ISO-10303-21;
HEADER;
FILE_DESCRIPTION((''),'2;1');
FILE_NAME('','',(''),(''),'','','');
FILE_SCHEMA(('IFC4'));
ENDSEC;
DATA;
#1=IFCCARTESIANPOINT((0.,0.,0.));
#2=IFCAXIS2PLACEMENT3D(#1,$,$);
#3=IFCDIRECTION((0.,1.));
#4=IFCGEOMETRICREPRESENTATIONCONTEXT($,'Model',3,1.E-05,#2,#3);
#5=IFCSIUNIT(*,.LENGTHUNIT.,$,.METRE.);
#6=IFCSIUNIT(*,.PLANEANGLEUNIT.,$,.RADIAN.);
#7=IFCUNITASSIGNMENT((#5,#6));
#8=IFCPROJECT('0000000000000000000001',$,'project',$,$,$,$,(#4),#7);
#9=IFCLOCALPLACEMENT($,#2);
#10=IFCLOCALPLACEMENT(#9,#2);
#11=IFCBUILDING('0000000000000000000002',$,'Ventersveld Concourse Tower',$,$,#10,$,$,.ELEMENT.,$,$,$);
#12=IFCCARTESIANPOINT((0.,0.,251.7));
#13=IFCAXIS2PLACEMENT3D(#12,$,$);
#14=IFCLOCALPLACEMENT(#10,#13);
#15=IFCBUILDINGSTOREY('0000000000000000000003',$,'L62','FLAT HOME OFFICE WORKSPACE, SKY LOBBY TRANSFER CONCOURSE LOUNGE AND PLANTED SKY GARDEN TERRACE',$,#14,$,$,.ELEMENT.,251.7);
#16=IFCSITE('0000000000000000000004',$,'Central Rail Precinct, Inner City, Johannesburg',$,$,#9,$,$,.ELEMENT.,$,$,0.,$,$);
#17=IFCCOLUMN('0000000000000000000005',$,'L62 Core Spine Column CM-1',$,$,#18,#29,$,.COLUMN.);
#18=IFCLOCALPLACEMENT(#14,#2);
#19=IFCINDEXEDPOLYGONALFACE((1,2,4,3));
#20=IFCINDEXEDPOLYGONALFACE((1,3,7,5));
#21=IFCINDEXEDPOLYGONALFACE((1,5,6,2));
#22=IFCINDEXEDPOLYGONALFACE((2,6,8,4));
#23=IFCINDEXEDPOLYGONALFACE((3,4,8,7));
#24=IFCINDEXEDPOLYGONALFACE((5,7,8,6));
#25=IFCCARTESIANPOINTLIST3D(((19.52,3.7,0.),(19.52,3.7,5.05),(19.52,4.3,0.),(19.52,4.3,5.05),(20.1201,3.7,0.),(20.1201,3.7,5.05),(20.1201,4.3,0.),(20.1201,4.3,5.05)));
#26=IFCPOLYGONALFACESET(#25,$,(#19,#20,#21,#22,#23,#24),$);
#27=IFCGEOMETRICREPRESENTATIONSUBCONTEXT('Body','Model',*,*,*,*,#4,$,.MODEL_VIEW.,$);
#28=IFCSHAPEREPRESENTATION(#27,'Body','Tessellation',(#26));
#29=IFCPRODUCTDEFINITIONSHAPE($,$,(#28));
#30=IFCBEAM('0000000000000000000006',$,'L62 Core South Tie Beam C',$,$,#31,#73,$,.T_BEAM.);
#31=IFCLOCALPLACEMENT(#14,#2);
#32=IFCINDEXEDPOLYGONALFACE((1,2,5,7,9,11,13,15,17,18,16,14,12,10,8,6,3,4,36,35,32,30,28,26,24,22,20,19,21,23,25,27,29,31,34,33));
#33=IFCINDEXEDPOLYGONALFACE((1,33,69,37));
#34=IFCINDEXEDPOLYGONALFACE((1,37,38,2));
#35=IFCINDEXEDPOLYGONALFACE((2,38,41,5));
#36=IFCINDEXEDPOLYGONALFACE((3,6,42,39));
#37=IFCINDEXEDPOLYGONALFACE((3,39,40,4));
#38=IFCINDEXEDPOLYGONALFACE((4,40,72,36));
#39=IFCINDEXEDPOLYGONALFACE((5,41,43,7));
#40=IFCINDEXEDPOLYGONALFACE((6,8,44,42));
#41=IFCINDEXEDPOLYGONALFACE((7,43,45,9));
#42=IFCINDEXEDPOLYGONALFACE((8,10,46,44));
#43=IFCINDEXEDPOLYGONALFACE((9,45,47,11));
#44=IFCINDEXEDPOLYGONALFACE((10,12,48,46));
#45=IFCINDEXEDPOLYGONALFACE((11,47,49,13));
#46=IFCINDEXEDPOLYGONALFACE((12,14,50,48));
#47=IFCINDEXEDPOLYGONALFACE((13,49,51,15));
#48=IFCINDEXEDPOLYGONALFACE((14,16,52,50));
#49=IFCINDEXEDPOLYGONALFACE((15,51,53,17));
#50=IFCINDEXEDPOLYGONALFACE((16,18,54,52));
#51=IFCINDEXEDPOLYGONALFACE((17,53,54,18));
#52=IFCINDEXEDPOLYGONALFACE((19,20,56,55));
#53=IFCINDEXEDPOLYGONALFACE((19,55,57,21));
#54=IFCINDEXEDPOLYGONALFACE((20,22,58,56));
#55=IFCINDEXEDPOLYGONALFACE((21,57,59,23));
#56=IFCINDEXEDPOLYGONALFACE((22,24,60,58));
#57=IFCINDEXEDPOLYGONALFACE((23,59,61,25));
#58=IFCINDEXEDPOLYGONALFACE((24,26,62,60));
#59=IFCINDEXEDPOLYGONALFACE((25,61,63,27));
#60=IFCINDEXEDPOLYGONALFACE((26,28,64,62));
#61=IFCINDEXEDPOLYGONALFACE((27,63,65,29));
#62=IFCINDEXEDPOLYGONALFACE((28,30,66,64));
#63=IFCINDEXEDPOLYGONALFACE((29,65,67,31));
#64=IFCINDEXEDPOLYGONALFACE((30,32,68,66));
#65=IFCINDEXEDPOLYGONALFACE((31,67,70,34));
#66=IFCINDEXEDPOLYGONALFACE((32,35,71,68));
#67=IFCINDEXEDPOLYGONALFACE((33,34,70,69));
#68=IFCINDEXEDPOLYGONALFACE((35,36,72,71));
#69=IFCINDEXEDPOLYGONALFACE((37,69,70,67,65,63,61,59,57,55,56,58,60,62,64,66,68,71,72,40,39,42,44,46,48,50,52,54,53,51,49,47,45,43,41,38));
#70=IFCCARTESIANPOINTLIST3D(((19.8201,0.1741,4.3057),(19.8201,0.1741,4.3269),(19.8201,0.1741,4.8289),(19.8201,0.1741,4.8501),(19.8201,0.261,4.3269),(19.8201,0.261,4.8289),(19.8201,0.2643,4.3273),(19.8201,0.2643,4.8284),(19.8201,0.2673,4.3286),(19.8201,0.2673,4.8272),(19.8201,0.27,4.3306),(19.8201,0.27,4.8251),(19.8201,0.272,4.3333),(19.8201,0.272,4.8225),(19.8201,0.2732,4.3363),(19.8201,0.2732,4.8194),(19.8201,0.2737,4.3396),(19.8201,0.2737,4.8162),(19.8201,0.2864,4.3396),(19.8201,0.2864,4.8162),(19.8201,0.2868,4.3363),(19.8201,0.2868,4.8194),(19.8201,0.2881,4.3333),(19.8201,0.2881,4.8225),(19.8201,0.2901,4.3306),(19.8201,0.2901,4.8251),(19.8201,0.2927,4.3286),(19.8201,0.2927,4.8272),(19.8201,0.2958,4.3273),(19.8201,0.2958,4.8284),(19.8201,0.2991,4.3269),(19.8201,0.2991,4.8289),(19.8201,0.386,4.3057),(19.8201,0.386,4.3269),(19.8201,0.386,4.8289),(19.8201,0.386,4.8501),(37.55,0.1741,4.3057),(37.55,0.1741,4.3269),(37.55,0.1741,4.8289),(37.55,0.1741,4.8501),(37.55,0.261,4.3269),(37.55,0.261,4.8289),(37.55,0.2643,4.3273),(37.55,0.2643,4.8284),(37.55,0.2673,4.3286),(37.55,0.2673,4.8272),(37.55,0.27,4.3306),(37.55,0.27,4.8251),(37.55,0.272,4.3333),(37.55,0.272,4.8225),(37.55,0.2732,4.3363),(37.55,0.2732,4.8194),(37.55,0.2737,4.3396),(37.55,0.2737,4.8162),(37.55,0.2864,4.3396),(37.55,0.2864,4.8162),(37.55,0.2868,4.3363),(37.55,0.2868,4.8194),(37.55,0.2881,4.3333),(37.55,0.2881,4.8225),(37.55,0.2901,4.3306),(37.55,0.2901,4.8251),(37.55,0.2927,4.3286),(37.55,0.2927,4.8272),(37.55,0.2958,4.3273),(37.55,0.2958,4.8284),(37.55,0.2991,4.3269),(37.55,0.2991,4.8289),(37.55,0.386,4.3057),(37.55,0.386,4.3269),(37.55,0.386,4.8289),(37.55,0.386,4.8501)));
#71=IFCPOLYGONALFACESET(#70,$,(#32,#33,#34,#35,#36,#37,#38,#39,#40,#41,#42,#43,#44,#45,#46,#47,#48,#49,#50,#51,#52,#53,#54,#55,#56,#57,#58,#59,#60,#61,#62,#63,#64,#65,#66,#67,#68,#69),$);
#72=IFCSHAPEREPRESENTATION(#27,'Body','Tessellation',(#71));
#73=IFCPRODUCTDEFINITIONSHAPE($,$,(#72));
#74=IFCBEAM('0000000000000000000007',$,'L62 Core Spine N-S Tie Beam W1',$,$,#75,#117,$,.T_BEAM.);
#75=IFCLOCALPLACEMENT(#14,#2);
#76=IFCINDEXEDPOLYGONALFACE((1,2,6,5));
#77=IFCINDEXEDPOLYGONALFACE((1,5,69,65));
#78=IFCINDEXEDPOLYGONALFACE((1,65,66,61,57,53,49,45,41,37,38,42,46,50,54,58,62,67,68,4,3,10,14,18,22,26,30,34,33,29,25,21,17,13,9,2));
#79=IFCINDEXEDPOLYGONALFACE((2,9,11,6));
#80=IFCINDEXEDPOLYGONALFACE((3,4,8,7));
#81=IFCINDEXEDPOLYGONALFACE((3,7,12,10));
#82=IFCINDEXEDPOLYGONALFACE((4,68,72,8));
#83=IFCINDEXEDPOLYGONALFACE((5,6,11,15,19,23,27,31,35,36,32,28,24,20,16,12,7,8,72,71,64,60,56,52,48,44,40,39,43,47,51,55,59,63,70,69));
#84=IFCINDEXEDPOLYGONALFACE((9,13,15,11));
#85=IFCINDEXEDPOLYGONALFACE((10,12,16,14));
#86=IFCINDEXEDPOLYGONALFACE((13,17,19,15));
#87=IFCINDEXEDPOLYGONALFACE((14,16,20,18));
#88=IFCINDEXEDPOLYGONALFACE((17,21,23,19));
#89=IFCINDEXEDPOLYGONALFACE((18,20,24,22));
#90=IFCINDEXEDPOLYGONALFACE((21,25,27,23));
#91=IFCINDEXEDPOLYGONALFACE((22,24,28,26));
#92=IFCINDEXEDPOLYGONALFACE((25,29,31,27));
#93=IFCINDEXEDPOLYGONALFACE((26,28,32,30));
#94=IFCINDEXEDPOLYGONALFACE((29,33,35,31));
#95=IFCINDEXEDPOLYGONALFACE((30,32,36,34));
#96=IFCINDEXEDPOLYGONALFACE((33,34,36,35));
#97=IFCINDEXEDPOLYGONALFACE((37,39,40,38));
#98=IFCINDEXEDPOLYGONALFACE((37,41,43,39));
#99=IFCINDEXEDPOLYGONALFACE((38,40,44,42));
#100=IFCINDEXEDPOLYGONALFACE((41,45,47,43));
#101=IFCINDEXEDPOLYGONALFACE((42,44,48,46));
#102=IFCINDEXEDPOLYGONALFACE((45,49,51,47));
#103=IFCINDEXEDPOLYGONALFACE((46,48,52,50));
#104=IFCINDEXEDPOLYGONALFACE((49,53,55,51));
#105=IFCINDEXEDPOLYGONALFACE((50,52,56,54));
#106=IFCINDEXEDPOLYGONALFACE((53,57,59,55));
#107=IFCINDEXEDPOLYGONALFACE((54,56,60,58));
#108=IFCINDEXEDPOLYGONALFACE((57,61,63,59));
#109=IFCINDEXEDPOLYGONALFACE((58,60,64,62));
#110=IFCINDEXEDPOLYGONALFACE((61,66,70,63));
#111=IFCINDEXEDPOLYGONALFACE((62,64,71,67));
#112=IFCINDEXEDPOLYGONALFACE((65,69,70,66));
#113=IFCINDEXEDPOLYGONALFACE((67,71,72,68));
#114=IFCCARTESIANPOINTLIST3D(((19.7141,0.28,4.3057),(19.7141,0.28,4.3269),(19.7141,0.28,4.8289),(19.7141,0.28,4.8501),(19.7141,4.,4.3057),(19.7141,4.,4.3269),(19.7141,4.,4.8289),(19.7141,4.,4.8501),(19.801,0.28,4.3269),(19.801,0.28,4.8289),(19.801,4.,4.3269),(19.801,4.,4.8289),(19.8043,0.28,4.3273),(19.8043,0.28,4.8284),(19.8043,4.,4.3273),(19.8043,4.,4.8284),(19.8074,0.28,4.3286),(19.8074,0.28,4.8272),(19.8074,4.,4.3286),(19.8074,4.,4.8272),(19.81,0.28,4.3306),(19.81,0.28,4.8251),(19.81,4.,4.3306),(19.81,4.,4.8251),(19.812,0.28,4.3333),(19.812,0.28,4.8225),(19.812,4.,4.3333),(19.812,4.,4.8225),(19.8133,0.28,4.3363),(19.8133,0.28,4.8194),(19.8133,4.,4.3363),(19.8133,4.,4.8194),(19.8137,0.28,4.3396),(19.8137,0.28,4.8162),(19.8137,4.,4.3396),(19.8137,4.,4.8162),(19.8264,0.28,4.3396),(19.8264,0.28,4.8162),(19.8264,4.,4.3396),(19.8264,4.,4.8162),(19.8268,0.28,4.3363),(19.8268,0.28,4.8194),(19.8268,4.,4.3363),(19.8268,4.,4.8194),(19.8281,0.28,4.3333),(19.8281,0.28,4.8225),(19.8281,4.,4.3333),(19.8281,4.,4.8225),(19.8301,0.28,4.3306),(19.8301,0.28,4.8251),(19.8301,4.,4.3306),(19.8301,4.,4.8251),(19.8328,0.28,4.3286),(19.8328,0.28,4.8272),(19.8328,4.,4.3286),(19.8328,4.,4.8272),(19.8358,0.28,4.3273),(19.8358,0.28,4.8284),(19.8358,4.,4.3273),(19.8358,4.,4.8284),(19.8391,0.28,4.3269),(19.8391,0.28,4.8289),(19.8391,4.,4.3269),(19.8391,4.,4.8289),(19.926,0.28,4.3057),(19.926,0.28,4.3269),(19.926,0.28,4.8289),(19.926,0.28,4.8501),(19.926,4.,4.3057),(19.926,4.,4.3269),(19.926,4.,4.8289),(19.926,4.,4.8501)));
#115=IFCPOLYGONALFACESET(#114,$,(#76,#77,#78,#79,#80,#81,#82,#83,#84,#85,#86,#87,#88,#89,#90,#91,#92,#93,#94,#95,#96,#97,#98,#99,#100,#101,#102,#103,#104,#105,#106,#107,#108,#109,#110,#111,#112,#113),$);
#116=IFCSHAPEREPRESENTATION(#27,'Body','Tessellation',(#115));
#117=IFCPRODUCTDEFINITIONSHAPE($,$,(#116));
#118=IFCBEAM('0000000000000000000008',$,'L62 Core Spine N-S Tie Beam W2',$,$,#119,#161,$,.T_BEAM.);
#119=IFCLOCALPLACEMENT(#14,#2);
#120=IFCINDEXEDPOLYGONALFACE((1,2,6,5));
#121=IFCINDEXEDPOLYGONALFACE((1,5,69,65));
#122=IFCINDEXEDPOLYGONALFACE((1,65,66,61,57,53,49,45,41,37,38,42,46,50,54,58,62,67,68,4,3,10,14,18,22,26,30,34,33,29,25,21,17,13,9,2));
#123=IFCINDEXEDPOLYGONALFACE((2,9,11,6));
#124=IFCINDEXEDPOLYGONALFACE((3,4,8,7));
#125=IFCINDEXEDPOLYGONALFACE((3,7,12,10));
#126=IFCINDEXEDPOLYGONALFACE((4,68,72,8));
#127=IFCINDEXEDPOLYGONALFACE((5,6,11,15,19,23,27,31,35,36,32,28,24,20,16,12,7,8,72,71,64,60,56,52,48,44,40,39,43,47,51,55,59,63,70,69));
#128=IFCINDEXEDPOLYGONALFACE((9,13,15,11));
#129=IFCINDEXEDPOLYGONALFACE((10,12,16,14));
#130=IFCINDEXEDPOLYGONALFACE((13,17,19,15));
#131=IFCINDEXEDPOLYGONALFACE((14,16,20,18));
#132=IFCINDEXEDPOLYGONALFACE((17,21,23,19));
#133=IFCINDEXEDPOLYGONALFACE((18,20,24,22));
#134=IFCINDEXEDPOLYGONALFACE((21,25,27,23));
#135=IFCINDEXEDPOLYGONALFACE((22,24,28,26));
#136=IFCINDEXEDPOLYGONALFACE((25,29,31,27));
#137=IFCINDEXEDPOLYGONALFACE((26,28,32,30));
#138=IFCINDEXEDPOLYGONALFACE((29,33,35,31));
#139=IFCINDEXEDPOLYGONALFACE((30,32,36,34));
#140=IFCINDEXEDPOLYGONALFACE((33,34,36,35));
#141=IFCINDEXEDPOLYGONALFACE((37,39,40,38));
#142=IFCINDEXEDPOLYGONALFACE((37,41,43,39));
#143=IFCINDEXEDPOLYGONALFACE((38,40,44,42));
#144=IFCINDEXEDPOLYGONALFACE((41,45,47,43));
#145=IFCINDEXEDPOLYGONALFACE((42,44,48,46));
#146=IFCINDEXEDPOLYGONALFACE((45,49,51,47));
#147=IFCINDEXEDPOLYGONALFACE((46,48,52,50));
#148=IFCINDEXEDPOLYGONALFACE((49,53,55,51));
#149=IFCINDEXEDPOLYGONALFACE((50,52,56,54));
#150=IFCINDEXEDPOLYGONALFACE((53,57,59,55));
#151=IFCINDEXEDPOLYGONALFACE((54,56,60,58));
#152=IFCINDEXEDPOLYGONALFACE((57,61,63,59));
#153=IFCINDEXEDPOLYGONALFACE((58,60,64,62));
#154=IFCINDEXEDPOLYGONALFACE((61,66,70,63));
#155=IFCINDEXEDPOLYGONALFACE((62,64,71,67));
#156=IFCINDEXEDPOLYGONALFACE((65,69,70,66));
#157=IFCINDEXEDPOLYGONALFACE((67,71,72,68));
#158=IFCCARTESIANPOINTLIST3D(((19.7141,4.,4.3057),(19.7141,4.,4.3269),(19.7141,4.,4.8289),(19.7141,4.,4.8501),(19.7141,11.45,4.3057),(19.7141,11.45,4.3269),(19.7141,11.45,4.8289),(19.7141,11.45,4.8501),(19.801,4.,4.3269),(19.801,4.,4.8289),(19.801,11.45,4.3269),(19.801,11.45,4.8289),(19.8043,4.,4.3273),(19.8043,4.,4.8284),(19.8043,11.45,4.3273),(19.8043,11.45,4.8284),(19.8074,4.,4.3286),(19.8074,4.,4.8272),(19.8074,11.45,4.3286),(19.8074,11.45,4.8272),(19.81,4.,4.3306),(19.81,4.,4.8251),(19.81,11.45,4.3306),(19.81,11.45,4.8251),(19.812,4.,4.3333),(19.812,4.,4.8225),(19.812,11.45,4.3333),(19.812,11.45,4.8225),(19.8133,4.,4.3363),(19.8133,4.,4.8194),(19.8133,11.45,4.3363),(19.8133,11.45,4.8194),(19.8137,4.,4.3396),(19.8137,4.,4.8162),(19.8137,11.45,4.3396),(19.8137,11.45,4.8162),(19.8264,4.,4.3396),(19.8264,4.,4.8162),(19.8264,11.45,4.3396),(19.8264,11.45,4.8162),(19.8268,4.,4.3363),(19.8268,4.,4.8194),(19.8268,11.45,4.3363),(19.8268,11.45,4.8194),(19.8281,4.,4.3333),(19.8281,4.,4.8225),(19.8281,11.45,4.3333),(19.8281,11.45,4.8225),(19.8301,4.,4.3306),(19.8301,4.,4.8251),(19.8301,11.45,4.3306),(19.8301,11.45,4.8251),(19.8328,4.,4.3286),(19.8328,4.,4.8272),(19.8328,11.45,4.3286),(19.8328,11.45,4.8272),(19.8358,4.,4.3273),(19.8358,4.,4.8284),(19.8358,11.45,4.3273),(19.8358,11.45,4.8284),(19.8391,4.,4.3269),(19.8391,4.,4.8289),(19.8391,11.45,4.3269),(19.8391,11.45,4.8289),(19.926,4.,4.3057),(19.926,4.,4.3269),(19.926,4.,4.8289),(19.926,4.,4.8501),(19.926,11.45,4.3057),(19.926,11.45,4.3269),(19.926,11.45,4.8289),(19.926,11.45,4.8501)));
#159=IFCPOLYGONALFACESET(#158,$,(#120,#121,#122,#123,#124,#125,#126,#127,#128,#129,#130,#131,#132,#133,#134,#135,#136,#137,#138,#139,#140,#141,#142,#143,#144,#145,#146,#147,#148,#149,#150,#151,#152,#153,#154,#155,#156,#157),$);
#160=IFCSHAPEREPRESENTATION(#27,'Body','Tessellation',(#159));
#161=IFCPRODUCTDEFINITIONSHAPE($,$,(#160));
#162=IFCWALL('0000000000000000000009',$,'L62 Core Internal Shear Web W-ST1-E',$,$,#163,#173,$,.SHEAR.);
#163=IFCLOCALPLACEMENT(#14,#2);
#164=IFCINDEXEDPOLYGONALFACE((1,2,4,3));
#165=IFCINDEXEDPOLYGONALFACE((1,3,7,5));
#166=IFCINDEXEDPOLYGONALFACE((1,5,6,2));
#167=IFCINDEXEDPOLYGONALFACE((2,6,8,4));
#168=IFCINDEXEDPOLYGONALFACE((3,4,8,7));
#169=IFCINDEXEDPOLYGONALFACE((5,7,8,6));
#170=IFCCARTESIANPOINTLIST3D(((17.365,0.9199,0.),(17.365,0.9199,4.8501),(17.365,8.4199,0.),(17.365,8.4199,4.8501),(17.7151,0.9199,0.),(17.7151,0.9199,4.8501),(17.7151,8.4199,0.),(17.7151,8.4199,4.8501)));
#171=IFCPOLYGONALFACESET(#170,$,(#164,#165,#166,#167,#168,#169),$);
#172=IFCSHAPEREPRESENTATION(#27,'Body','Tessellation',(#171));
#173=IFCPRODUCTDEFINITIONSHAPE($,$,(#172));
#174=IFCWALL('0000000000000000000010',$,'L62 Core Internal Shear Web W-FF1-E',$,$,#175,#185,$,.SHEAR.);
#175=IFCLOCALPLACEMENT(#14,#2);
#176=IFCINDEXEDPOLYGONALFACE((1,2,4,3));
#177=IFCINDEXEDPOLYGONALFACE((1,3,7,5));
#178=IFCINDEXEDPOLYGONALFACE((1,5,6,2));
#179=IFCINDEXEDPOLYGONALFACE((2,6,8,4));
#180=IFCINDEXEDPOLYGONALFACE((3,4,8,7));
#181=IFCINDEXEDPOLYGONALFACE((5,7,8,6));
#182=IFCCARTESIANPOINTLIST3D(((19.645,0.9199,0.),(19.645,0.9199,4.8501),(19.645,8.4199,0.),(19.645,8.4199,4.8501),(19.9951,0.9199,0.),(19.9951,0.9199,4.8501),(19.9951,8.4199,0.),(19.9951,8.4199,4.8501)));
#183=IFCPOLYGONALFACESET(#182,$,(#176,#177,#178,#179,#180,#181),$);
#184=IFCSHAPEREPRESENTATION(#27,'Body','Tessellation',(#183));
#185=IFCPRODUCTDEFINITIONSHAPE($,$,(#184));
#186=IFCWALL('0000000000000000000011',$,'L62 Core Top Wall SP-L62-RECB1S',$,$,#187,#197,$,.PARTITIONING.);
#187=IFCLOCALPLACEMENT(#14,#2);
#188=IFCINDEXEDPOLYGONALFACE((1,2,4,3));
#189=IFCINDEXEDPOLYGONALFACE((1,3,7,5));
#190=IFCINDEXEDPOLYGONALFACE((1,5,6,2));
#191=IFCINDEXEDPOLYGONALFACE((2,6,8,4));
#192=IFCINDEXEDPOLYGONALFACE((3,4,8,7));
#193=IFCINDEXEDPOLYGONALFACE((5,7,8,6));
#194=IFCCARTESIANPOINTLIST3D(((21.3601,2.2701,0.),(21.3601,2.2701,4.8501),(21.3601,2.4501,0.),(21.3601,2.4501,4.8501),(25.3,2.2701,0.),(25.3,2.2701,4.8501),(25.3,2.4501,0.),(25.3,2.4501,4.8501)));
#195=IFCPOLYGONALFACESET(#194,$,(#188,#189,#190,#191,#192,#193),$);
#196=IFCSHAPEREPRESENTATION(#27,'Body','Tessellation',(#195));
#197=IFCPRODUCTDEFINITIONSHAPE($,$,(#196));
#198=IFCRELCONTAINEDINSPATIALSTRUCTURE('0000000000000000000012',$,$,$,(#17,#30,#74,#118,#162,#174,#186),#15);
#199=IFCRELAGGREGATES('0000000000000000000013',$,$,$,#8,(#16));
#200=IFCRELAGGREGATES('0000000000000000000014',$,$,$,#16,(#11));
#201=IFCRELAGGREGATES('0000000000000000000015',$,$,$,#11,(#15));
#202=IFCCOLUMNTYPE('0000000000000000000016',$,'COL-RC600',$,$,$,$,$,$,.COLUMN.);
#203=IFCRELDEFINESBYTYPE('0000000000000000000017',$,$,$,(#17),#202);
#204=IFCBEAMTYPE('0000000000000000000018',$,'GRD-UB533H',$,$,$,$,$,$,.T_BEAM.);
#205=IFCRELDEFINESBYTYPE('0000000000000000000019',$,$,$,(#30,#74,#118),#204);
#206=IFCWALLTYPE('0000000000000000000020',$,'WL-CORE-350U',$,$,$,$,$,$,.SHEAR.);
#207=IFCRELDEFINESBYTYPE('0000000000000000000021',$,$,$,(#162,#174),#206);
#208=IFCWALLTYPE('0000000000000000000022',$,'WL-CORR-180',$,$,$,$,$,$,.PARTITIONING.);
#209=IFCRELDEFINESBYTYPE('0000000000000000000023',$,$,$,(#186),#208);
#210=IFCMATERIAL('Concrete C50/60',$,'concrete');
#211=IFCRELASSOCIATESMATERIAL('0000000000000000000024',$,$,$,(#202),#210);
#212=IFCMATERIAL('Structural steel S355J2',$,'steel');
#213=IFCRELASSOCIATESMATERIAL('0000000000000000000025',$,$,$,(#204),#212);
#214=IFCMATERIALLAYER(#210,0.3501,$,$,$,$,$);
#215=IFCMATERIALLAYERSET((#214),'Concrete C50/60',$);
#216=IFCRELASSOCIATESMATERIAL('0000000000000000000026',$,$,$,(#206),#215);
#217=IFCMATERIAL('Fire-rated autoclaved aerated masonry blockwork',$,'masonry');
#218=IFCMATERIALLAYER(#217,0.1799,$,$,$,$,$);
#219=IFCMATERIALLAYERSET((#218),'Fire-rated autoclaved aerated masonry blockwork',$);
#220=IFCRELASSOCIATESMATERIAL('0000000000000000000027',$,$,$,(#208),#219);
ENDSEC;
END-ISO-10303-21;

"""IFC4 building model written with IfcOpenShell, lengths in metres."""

from ifc_helpers import new_model, si_unit, direction, frame, frame_2d, origin, origin_2d, place, context, subcontext, project, spatial, rectangle, i_section, extrude, material, layer, layer_set, material_profile, profile_set, type_object, element, save


model = new_model("IFC4")

# Units and contexts
model_context = context("Model", 3, precision=1e-05, world=origin(), true_north=direction((0.0, 1.0)))
body_context = subcontext(model_context, "Body", "Model", "MODEL_VIEW")
ifc_project = project(units=[si_unit("LENGTHUNIT", "METRE"), si_unit("PLANEANGLEUNIT", "RADIAN")], contexts=[model_context])

# Site, building, storey
site_placement = place(None, origin())
site = spatial("IfcSite", under=ifc_project, at=site_placement, Name="Central Rail Precinct, Inner City, Johannesburg", CompositionType="ELEMENT", RefElevation=0.0)
building_placement = place(site_placement, origin())
building = spatial("IfcBuilding", under=site, at=building_placement, Name="Ventersveld Concourse Tower", CompositionType="ELEMENT")
storey_placement = place(building_placement, frame((0.0, 0.0, 251.7)))
storey = spatial("IfcBuildingStorey", under=building, at=storey_placement, Name="L62", Description="FLAT HOME OFFICE WORKSPACE, SKY LOBBY TRANSFER CONCOURSE LOUNGE AND PLANTED SKY GARDEN TERRACE", CompositionType="ELEMENT", Elevation=251.7)

# Column
ifc_material_1 = material(Name="Concrete C50/60", Category="concrete")
ifc_material_profile_1 = material_profile(ifc_material_1, rectangle(XDim=0.6001, YDim=0.6001, at=origin_2d()), Name="RC 600x600")
ifc_profile_set_1 = profile_set([ifc_material_profile_1], Name="Concrete C50/60")
column_type = type_object("IfcColumnType", Name="COL-RC600", PredefinedType="COLUMN", material=ifc_profile_set_1)
column_placement = place(storey_placement, frame((19.8201, 4.0, 0.0), z_axis=(0.0, 0.0, 1.0), x_axis=(1.0, 0.0, 0.0)))
element("IfcColumn", 1, at=column_placement, inside=storey, type_object=column_type, Name="L62 Core Spine Column CM-1", PredefinedType="COLUMN", context=body_context, shape_type="SweptSolid", body=[
    extrude(rectangle(XDim=0.6001, YDim=0.6001, at=origin_2d()), origin(), (0.0, 0.0, 1.0), 5.05),
])

# Beams
ifc_material_2 = material(Name="Structural steel S355J2", Category="steel")
ifc_material_profile_2 = material_profile(ifc_material_2, i_section(OverallWidth=0.2119, OverallDepth=0.5444, WebThickness=0.0127, FlangeThickness=0.0212, FilletRadius=0.0127, at=origin_2d()), Name="UB 533x210x122")
ifc_profile_set_2 = profile_set([ifc_material_profile_2], Name="Structural steel S355J2")
beam_type = type_object("IfcBeamType", Name="GRD-UB533H", PredefinedType="T_BEAM", material=ifc_profile_set_2)
beam_1_placement = place(storey_placement, frame((19.8201, 0.28, 4.5779), z_axis=(1.0, 0.0, 0.0), x_axis=(0.0, 1.0, 0.0)))
element("IfcBeam", 2, at=beam_1_placement, inside=storey, type_object=beam_type, Name="L62 Core South Tie Beam C", PredefinedType="T_BEAM", context=body_context, shape_type="SweptSolid", body=[
    extrude(i_section(OverallWidth=0.2119, OverallDepth=0.5444, WebThickness=0.0127, FlangeThickness=0.0212, FilletRadius=0.0127, at=origin_2d()), origin(), (0.0, 0.0, 1.0), 17.73),
])
beam_2_placement = place(storey_placement, frame((19.8201, 0.28, 4.5779), z_axis=(0.0, 1.0, 0.0), x_axis=(-1.0, 0.0, 0.0)))
element("IfcBeam", 3, at=beam_2_placement, inside=storey, type_object=beam_type, Name="L62 Core Spine N-S Tie Beam W1", PredefinedType="T_BEAM", context=body_context, shape_type="SweptSolid", body=[
    extrude(i_section(OverallWidth=0.2119, OverallDepth=0.5444, WebThickness=0.0127, FlangeThickness=0.0212, FilletRadius=0.0127, at=origin_2d()), origin(), (0.0, 0.0, 1.0), 3.72),
])
beam_3_placement = place(storey_placement, frame((19.8201, 4.0, 4.5779), z_axis=(0.0, 1.0, 0.0), x_axis=(-1.0, 0.0, 0.0)))
element("IfcBeam", 4, at=beam_3_placement, inside=storey, type_object=beam_type, Name="L62 Core Spine N-S Tie Beam W2", PredefinedType="T_BEAM", context=body_context, shape_type="SweptSolid", body=[
    extrude(i_section(OverallWidth=0.2119, OverallDepth=0.5444, WebThickness=0.0127, FlangeThickness=0.0212, FilletRadius=0.0127, at=origin_2d()), origin(), (0.0, 0.0, 1.0), 7.45),
])

# Walls
ifc_layer_1 = layer(ifc_material_1, 0.3501)
ifc_layer_set_1 = layer_set([ifc_layer_1], Name="Concrete C50/60")
wall_type_1 = type_object("IfcWallType", Name="WL-CORE-350U", PredefinedType="SHEAR", material=ifc_layer_set_1)
for number, where, z_axis, x_axis, name in (
    (5, (17.54, 0.9199, 0.0), (0.0, 0.0, 1.0), (0.0, 1.0, 0.0), "L62 Core Internal Shear Web W-ST1-E"),
    (6, (19.8201, 0.9199, 0.0), (0.0, 0.0, 1.0), (0.0, 1.0, 0.0), "L62 Core Internal Shear Web W-FF1-E"),
):
    element("IfcWall", number, at=place(storey_placement, frame(where, z_axis=z_axis, x_axis=x_axis)), inside=storey, type_object=wall_type_1, Name=name, PredefinedType="SHEAR", context=body_context, shape_type="SweptSolid", body=[
        extrude(rectangle(XDim=7.5, YDim=0.3501, at=frame_2d((3.75, 0.0))), origin(), (0.0, 0.0, 1.0), 4.8501),
    ])
ifc_material_3 = material(Name="Fire-rated autoclaved aerated masonry blockwork", Category="masonry")
ifc_layer_2 = layer(ifc_material_3, 0.1799)
ifc_layer_set_2 = layer_set([ifc_layer_2], Name="Fire-rated autoclaved aerated masonry blockwork")
wall_type_2 = type_object("IfcWallType", Name="WL-CORR-180", PredefinedType="PARTITIONING", material=ifc_layer_set_2)
wall_1_placement = place(storey_placement, frame((21.3601, 2.3601, 0.0), z_axis=(0.0, 0.0, 1.0), x_axis=(1.0, 0.0, 0.0)))
element("IfcWall", 7, at=wall_1_placement, inside=storey, type_object=wall_type_2, Name="L62 Core Top Wall SP-L62-RECB1S", PredefinedType="PARTITIONING", context=body_context, shape_type="SweptSolid", body=[
    extrude(rectangle(XDim=3.9399, YDim=0.1799, at=frame_2d((1.97, 0.0))), origin(), (0.0, 0.0, 1.0), 4.8501),
])

save(model, "model.ifc")
